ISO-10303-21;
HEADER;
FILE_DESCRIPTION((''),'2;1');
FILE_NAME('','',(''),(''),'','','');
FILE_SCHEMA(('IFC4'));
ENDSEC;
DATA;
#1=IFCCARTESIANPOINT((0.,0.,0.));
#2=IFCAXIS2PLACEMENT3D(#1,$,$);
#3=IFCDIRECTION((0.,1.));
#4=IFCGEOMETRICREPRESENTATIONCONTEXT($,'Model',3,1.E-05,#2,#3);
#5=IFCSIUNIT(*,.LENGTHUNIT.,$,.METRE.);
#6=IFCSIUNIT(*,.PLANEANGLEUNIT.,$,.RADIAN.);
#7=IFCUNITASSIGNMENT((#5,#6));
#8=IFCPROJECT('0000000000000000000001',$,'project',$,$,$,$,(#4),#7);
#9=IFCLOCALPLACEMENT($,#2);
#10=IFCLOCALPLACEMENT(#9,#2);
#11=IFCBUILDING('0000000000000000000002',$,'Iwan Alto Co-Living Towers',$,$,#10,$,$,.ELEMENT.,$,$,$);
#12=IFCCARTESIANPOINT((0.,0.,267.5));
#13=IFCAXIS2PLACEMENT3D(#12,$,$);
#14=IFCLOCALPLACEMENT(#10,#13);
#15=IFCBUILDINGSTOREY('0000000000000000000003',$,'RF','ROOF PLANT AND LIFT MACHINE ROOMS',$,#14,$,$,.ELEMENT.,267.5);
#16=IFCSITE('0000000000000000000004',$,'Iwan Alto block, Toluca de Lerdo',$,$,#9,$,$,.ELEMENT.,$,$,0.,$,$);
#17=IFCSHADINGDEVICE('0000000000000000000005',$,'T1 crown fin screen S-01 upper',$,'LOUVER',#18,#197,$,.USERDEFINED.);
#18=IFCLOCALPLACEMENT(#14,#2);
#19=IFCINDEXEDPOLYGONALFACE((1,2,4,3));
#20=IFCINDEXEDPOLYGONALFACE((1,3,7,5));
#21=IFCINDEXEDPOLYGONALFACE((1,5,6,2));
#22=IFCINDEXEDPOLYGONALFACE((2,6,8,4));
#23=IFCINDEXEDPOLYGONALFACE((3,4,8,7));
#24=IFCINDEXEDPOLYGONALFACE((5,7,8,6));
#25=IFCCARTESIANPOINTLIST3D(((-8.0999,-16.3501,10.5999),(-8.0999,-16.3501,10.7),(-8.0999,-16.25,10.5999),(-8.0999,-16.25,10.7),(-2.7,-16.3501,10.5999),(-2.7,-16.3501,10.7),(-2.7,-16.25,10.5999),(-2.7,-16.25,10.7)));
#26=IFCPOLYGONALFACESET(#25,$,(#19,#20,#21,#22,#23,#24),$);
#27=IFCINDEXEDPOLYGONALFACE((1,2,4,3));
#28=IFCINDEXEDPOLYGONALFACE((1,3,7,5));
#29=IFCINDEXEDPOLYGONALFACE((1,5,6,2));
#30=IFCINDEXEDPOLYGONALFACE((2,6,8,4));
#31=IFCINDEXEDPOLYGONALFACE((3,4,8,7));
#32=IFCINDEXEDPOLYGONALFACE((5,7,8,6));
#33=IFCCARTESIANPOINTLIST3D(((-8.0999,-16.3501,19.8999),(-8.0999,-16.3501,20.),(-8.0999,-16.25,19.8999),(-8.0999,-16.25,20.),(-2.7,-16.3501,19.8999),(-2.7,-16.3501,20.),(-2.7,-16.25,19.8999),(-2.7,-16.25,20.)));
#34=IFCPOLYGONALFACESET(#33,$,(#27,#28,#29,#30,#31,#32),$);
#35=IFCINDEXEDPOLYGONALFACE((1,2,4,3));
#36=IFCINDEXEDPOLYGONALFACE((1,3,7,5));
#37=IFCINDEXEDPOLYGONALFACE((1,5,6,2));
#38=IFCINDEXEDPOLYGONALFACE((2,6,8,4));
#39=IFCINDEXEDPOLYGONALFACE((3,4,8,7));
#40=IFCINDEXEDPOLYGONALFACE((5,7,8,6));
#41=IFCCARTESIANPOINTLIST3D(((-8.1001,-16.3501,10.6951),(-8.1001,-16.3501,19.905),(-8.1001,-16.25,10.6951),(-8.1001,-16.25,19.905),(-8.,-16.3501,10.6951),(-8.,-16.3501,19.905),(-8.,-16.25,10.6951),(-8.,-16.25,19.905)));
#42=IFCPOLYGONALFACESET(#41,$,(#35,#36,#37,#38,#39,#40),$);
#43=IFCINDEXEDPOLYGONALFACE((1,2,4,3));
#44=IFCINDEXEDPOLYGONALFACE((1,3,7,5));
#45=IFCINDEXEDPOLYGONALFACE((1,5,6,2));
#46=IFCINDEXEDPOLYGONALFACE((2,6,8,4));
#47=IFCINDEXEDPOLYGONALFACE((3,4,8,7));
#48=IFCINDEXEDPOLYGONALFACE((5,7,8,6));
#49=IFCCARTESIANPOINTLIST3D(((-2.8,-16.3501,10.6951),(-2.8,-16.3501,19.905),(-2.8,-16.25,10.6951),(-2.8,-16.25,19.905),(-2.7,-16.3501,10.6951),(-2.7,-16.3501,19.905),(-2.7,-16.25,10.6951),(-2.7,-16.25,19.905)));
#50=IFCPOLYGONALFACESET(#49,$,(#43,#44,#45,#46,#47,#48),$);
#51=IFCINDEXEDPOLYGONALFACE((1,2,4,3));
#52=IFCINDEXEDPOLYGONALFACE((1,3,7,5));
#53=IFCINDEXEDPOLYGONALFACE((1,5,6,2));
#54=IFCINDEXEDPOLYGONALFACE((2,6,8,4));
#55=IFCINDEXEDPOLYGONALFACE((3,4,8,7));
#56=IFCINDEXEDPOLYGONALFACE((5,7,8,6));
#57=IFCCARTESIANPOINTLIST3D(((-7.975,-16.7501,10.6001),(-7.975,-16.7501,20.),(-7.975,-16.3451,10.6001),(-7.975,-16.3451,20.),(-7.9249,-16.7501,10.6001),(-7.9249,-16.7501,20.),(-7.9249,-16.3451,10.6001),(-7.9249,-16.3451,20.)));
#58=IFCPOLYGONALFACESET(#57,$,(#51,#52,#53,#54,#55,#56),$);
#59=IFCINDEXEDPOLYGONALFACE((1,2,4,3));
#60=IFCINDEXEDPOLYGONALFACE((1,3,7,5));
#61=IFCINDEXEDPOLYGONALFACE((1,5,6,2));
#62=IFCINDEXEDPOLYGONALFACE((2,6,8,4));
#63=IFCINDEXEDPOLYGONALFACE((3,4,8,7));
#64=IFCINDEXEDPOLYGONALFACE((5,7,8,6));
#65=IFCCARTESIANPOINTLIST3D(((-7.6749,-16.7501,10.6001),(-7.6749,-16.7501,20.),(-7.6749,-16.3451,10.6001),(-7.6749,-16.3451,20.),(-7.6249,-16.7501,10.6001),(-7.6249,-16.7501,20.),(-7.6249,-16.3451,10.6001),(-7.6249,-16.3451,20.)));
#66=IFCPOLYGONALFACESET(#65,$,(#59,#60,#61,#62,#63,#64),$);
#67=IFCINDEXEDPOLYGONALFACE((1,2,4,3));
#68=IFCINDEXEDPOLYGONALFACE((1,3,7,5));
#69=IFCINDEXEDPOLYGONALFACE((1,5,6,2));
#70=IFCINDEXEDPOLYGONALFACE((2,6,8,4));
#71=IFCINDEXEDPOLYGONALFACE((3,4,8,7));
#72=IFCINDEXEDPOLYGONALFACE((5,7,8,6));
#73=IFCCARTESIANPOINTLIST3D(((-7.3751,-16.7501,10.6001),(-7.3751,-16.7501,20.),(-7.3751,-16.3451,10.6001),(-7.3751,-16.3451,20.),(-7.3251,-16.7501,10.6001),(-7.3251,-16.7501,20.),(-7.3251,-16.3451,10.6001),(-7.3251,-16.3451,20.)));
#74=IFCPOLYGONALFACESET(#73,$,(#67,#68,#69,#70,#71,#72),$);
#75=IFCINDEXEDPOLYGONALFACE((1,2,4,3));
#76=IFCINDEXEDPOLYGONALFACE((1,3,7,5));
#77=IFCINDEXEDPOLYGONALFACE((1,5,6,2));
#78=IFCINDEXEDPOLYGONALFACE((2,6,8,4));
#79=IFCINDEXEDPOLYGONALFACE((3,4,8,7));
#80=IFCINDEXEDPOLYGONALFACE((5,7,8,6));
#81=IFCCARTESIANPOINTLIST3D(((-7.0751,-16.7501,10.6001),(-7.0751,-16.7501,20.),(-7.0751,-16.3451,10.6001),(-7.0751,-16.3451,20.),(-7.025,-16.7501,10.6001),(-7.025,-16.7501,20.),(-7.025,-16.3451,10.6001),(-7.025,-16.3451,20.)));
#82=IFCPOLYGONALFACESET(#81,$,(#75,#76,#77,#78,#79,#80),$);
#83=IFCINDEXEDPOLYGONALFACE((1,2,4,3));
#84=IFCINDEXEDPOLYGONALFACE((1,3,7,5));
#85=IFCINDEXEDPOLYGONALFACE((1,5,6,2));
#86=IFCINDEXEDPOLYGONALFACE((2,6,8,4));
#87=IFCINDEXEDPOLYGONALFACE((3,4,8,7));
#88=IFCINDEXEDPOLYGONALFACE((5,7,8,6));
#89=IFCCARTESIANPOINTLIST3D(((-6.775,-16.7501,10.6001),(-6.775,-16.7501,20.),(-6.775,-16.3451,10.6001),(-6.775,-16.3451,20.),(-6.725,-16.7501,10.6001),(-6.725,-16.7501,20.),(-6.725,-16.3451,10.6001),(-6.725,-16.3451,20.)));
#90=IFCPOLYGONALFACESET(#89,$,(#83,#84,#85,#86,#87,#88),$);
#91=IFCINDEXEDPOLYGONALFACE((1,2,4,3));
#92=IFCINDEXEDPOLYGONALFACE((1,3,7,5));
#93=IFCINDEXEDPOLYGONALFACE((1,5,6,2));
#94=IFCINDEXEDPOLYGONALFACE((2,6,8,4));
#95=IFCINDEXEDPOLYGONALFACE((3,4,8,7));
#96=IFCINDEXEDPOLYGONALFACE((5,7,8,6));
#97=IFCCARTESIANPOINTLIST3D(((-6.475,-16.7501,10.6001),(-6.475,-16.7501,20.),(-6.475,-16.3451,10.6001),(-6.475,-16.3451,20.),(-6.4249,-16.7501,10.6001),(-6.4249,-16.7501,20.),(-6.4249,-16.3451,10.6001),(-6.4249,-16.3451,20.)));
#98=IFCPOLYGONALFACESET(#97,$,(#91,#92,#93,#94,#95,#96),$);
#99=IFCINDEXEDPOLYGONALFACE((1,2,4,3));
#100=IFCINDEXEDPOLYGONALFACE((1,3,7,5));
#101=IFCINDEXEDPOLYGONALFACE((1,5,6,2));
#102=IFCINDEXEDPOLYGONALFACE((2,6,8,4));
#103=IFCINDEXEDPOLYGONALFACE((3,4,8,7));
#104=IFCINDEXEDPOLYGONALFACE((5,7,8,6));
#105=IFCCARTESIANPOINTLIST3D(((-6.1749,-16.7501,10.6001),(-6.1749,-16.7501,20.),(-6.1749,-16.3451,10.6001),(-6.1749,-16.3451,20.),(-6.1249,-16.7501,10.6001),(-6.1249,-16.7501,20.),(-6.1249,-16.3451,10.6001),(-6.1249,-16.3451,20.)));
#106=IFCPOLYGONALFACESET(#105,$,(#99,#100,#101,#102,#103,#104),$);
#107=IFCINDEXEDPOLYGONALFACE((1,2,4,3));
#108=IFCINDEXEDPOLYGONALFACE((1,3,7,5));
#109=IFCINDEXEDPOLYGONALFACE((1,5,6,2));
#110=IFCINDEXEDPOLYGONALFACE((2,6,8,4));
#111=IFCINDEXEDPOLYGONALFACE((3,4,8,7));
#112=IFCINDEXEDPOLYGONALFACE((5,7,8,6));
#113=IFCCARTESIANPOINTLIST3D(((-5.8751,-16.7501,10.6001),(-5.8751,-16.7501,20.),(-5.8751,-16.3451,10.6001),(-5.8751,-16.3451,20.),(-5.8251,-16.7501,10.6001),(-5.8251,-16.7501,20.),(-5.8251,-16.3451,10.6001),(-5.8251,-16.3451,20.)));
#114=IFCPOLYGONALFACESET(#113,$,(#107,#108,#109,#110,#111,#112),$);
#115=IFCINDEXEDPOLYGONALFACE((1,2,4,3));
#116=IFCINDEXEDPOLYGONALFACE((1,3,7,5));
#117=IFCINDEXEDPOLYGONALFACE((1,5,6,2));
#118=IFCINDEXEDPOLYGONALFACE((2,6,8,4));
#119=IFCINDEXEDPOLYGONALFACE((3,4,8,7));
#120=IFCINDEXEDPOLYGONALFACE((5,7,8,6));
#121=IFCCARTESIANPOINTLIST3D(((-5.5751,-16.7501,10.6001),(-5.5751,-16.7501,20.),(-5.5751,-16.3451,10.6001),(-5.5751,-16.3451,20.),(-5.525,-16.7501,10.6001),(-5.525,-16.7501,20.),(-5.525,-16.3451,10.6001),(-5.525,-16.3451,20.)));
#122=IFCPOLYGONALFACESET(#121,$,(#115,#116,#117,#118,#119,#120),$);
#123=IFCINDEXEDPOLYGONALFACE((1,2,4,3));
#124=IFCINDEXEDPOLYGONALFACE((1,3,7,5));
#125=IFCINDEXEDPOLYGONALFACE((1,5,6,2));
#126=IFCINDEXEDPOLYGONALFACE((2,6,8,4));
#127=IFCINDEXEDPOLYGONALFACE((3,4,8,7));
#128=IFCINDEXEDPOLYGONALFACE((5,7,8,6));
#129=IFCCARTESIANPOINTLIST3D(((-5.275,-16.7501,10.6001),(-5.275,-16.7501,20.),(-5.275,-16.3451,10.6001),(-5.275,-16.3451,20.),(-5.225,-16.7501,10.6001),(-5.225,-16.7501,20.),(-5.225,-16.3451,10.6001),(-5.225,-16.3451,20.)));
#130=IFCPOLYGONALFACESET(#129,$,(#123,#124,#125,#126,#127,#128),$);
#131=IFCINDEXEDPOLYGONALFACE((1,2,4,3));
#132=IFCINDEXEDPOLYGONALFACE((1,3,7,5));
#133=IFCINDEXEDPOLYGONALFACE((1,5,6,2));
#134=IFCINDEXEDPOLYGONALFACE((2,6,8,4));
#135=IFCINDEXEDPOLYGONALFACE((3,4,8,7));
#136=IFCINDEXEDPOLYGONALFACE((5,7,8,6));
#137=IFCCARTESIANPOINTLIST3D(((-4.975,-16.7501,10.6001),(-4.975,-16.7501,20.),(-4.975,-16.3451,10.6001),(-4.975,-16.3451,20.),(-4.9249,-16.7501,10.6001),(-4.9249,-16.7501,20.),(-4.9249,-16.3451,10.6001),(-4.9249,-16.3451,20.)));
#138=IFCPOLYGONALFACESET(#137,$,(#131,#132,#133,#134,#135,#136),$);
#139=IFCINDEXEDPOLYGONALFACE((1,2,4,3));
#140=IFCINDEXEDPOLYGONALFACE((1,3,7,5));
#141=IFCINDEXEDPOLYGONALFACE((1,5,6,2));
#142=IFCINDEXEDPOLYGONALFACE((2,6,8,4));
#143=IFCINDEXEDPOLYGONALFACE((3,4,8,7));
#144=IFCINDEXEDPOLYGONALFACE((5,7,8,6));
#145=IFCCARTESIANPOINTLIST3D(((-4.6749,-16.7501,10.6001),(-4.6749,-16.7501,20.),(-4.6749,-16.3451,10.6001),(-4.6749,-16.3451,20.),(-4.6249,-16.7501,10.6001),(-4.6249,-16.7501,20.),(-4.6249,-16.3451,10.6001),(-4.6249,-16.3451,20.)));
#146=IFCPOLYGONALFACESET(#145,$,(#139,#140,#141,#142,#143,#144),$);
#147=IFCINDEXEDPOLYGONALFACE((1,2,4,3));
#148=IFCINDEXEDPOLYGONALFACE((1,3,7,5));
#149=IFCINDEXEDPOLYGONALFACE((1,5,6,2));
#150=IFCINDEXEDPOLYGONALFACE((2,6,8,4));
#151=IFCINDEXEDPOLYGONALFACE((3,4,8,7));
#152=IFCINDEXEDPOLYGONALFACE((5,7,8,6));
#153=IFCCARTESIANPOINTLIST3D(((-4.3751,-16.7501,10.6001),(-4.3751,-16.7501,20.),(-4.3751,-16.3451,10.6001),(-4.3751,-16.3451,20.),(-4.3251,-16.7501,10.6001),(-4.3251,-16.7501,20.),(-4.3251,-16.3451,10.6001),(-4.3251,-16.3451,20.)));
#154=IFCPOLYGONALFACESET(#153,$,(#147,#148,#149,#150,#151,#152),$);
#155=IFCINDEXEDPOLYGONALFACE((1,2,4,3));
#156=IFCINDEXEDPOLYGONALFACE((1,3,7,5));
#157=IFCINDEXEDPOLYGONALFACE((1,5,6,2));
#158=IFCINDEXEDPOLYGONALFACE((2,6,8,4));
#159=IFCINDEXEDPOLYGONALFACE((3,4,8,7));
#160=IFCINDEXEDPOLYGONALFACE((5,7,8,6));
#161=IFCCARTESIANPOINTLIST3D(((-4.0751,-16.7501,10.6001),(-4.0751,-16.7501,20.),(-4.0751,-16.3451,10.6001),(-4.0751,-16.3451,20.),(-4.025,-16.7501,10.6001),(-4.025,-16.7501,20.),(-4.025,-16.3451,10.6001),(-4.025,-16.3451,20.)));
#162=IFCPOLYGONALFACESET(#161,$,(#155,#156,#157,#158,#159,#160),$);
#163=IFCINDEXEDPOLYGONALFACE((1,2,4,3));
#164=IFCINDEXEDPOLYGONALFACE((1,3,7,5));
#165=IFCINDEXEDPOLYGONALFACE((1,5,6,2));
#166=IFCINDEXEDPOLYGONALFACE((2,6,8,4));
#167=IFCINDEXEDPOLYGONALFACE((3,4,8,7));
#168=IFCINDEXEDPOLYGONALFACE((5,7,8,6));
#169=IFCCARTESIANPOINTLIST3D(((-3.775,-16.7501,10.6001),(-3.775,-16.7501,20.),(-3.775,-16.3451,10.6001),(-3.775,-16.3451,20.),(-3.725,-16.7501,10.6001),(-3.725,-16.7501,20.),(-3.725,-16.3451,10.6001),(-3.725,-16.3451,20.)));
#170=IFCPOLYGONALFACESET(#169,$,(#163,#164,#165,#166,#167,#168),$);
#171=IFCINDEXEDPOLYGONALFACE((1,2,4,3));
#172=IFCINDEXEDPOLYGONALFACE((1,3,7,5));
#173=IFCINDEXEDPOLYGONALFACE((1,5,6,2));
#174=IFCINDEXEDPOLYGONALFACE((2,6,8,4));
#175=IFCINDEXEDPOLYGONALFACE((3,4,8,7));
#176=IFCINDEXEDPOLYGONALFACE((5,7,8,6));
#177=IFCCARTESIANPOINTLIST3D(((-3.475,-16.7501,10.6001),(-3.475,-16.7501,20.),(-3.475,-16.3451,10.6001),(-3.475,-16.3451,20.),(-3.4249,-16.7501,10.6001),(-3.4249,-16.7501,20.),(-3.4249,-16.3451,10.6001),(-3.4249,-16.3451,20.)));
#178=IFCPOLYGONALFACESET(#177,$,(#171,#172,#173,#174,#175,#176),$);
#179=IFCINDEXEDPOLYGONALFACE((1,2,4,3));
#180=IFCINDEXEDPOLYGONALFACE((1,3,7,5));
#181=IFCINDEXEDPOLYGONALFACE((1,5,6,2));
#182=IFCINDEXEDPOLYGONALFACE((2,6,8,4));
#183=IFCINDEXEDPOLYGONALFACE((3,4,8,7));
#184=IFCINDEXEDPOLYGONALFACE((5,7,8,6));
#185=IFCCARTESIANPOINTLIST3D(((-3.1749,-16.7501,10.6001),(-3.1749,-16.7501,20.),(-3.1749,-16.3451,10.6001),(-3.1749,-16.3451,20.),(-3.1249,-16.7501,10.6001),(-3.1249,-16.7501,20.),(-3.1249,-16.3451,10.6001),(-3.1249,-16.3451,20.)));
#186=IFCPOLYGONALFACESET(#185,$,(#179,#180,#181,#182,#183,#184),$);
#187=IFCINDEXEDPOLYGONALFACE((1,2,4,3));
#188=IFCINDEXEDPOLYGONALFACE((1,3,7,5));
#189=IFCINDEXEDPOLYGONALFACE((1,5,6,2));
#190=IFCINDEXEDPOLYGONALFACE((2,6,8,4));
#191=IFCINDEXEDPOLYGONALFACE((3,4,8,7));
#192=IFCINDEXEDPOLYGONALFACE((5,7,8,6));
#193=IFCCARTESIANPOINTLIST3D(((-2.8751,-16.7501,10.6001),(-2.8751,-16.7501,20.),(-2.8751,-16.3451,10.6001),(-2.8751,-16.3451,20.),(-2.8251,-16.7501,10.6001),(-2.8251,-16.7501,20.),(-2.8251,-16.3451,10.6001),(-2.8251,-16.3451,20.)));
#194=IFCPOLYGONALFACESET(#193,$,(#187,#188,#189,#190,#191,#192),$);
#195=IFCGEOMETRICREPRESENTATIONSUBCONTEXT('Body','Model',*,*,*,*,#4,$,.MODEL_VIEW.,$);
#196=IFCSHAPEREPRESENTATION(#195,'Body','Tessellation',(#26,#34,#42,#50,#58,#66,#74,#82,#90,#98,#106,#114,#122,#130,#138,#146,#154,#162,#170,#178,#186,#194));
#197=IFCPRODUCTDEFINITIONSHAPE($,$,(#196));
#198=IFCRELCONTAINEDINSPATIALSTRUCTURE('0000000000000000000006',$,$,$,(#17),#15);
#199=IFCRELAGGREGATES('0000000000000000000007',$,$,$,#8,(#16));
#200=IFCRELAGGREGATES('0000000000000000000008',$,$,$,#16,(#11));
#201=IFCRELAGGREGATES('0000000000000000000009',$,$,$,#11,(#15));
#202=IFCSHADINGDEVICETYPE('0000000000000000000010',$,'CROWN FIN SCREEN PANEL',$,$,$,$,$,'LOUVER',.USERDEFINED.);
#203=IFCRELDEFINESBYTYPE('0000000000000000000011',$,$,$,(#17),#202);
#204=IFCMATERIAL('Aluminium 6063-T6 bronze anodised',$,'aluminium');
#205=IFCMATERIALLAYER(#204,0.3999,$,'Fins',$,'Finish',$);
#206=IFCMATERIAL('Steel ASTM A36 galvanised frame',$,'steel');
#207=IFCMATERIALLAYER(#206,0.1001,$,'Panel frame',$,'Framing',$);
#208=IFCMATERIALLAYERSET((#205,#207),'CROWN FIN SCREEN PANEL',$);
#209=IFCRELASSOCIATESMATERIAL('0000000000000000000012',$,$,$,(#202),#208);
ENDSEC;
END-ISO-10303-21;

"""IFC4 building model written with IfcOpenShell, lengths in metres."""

from ifc_helpers import new_model, si_unit, direction, frame, origin, origin_2d, place, context, subcontext, project, spatial, rectangle, extrude, material, layer, layer_set, type_object, element, save


model = new_model("IFC4")

# Units and contexts
model_context = context("Model", 3, precision=1e-05, world=origin(), true_north=direction((0.0, 1.0)))
body_context = subcontext(model_context, "Body", "Model", "MODEL_VIEW")
ifc_project = project(units=[si_unit("LENGTHUNIT", "METRE"), si_unit("PLANEANGLEUNIT", "RADIAN")], contexts=[model_context])

# Site, building, storey
site_placement = place(None, origin())
site = spatial("IfcSite", under=ifc_project, at=site_placement, Name="Iwan Alto block, Toluca de Lerdo", CompositionType="ELEMENT", RefElevation=0.0)
building_placement = place(site_placement, origin())
building = spatial("IfcBuilding", under=site, at=building_placement, Name="Iwan Alto Co-Living Towers", CompositionType="ELEMENT")
storey_placement = place(building_placement, frame((0.0, 0.0, 267.5)))
storey = spatial("IfcBuildingStorey", under=building, at=storey_placement, Name="RF", Description="ROOF PLANT AND LIFT MACHINE ROOMS", CompositionType="ELEMENT", Elevation=267.5)

# Shading device
ifc_material_1 = material(Name="Aluminium 6063-T6 bronze anodised", Category="aluminium")
ifc_layer_1 = layer(ifc_material_1, 0.3999, Name="Fins", Category="Finish")
ifc_material_2 = material(Name="Steel ASTM A36 galvanised frame", Category="steel")
ifc_layer_2 = layer(ifc_material_2, 0.1001, Name="Panel frame", Category="Framing")
ifc_layer_set = layer_set([ifc_layer_1, ifc_layer_2], Name="CROWN FIN SCREEN PANEL")
shading_device_type = type_object("IfcShadingDeviceType", Name="CROWN FIN SCREEN PANEL", ElementType="LOUVER", PredefinedType="USERDEFINED", material=ifc_layer_set)
shading_device_1_placement = place(storey_placement, frame((0.0, 0.0, -267.5)))
element("IfcShadingDevice", 1, at=shading_device_1_placement, inside=storey, type_object=shading_device_type, Name="T1 crown fin screen S-01 upper", ObjectType="LOUVER", PredefinedType="USERDEFINED", context=body_context, shape_type="SweptSolid", body=[
    extrude(rectangle(XDim=5.3999, YDim=0.1001, at=origin_2d()), frame((-5.3999, -16.3, 278.0999), z_axis=(0.0, 0.0, 1.0), x_axis=(1.0, 0.0, 0.0)), (0.0, 0.0, 1.0), 0.1001),
    extrude(rectangle(XDim=5.3999, YDim=0.1001, at=origin_2d()), frame((-5.3999, -16.3, 287.3999), z_axis=(0.0, 0.0, 1.0), x_axis=(1.0, 0.0, 0.0)), (0.0, 0.0, 1.0), 0.1001),
    extrude(rectangle(XDim=0.1001, YDim=0.1001, at=origin_2d()), frame((-8.05, -16.3, 278.1951), z_axis=(0.0, 0.0, 1.0), x_axis=(1.0, 0.0, 0.0)), (0.0, 0.0, 1.0), 9.21),
    extrude(rectangle(XDim=0.1001, YDim=0.1001, at=origin_2d()), frame((-2.75, -16.3, 278.1951), z_axis=(0.0, 0.0, 1.0), x_axis=(1.0, 0.0, 0.0)), (0.0, 0.0, 1.0), 9.21),
    extrude(rectangle(XDim=0.05, YDim=0.405, at=origin_2d()), frame((-7.95, -16.5476, 278.1001), z_axis=(0.0, 0.0, 1.0), x_axis=(1.0, 0.0, 0.0)), (0.0, 0.0, 1.0), 9.3999),
    extrude(rectangle(XDim=0.05, YDim=0.405, at=origin_2d()), frame((-7.6499, -16.5476, 278.1001), z_axis=(0.0, 0.0, 1.0), x_axis=(1.0, 0.0, 0.0)), (0.0, 0.0, 1.0), 9.3999),
    extrude(rectangle(XDim=0.05, YDim=0.405, at=origin_2d()), frame((-7.3501, -16.5476, 278.1001), z_axis=(0.0, 0.0, 1.0), x_axis=(1.0, 0.0, 0.0)), (0.0, 0.0, 1.0), 9.3999),
    extrude(rectangle(XDim=0.05, YDim=0.405, at=origin_2d()), frame((-7.05, -16.5476, 278.1001), z_axis=(0.0, 0.0, 1.0), x_axis=(1.0, 0.0, 0.0)), (0.0, 0.0, 1.0), 9.3999),
    extrude(rectangle(XDim=0.05, YDim=0.405, at=origin_2d()), frame((-6.75, -16.5476, 278.1001), z_axis=(0.0, 0.0, 1.0), x_axis=(1.0, 0.0, 0.0)), (0.0, 0.0, 1.0), 9.3999),
    extrude(rectangle(XDim=0.05, YDim=0.405, at=origin_2d()), frame((-6.45, -16.5476, 278.1001), z_axis=(0.0, 0.0, 1.0), x_axis=(1.0, 0.0, 0.0)), (0.0, 0.0, 1.0), 9.3999),
    extrude(rectangle(XDim=0.05, YDim=0.405, at=origin_2d()), frame((-6.1499, -16.5476, 278.1001), z_axis=(0.0, 0.0, 1.0), x_axis=(1.0, 0.0, 0.0)), (0.0, 0.0, 1.0), 9.3999),
    extrude(rectangle(XDim=0.05, YDim=0.405, at=origin_2d()), frame((-5.8501, -16.5476, 278.1001), z_axis=(0.0, 0.0, 1.0), x_axis=(1.0, 0.0, 0.0)), (0.0, 0.0, 1.0), 9.3999),
    extrude(rectangle(XDim=0.05, YDim=0.405, at=origin_2d()), frame((-5.55, -16.5476, 278.1001), z_axis=(0.0, 0.0, 1.0), x_axis=(1.0, 0.0, 0.0)), (0.0, 0.0, 1.0), 9.3999),
    extrude(rectangle(XDim=0.05, YDim=0.405, at=origin_2d()), frame((-5.25, -16.5476, 278.1001), z_axis=(0.0, 0.0, 1.0), x_axis=(1.0, 0.0, 0.0)), (0.0, 0.0, 1.0), 9.3999),
    extrude(rectangle(XDim=0.05, YDim=0.405, at=origin_2d()), frame((-4.95, -16.5476, 278.1001), z_axis=(0.0, 0.0, 1.0), x_axis=(1.0, 0.0, 0.0)), (0.0, 0.0, 1.0), 9.3999),
    extrude(rectangle(XDim=0.05, YDim=0.405, at=origin_2d()), frame((-4.6499, -16.5476, 278.1001), z_axis=(0.0, 0.0, 1.0), x_axis=(1.0, 0.0, 0.0)), (0.0, 0.0, 1.0), 9.3999),
    extrude(rectangle(XDim=0.05, YDim=0.405, at=origin_2d()), frame((-4.3501, -16.5476, 278.1001), z_axis=(0.0, 0.0, 1.0), x_axis=(1.0, 0.0, 0.0)), (0.0, 0.0, 1.0), 9.3999),
    extrude(rectangle(XDim=0.05, YDim=0.405, at=origin_2d()), frame((-4.05, -16.5476, 278.1001), z_axis=(0.0, 0.0, 1.0), x_axis=(1.0, 0.0, 0.0)), (0.0, 0.0, 1.0), 9.3999),
    extrude(rectangle(XDim=0.05, YDim=0.405, at=origin_2d()), frame((-3.75, -16.5476, 278.1001), z_axis=(0.0, 0.0, 1.0), x_axis=(1.0, 0.0, 0.0)), (0.0, 0.0, 1.0), 9.3999),
    extrude(rectangle(XDim=0.05, YDim=0.405, at=origin_2d()), frame((-3.45, -16.5476, 278.1001), z_axis=(0.0, 0.0, 1.0), x_axis=(1.0, 0.0, 0.0)), (0.0, 0.0, 1.0), 9.3999),
    extrude(rectangle(XDim=0.05, YDim=0.405, at=origin_2d()), frame((-3.1499, -16.5476, 278.1001), z_axis=(0.0, 0.0, 1.0), x_axis=(1.0, 0.0, 0.0)), (0.0, 0.0, 1.0), 9.3999),
    extrude(rectangle(XDim=0.05, YDim=0.405, at=origin_2d()), frame((-2.8501, -16.5476, 278.1001), z_axis=(0.0, 0.0, 1.0), x_axis=(1.0, 0.0, 0.0)), (0.0, 0.0, 1.0), 9.3999),
])

save(model, "model.ifc")
